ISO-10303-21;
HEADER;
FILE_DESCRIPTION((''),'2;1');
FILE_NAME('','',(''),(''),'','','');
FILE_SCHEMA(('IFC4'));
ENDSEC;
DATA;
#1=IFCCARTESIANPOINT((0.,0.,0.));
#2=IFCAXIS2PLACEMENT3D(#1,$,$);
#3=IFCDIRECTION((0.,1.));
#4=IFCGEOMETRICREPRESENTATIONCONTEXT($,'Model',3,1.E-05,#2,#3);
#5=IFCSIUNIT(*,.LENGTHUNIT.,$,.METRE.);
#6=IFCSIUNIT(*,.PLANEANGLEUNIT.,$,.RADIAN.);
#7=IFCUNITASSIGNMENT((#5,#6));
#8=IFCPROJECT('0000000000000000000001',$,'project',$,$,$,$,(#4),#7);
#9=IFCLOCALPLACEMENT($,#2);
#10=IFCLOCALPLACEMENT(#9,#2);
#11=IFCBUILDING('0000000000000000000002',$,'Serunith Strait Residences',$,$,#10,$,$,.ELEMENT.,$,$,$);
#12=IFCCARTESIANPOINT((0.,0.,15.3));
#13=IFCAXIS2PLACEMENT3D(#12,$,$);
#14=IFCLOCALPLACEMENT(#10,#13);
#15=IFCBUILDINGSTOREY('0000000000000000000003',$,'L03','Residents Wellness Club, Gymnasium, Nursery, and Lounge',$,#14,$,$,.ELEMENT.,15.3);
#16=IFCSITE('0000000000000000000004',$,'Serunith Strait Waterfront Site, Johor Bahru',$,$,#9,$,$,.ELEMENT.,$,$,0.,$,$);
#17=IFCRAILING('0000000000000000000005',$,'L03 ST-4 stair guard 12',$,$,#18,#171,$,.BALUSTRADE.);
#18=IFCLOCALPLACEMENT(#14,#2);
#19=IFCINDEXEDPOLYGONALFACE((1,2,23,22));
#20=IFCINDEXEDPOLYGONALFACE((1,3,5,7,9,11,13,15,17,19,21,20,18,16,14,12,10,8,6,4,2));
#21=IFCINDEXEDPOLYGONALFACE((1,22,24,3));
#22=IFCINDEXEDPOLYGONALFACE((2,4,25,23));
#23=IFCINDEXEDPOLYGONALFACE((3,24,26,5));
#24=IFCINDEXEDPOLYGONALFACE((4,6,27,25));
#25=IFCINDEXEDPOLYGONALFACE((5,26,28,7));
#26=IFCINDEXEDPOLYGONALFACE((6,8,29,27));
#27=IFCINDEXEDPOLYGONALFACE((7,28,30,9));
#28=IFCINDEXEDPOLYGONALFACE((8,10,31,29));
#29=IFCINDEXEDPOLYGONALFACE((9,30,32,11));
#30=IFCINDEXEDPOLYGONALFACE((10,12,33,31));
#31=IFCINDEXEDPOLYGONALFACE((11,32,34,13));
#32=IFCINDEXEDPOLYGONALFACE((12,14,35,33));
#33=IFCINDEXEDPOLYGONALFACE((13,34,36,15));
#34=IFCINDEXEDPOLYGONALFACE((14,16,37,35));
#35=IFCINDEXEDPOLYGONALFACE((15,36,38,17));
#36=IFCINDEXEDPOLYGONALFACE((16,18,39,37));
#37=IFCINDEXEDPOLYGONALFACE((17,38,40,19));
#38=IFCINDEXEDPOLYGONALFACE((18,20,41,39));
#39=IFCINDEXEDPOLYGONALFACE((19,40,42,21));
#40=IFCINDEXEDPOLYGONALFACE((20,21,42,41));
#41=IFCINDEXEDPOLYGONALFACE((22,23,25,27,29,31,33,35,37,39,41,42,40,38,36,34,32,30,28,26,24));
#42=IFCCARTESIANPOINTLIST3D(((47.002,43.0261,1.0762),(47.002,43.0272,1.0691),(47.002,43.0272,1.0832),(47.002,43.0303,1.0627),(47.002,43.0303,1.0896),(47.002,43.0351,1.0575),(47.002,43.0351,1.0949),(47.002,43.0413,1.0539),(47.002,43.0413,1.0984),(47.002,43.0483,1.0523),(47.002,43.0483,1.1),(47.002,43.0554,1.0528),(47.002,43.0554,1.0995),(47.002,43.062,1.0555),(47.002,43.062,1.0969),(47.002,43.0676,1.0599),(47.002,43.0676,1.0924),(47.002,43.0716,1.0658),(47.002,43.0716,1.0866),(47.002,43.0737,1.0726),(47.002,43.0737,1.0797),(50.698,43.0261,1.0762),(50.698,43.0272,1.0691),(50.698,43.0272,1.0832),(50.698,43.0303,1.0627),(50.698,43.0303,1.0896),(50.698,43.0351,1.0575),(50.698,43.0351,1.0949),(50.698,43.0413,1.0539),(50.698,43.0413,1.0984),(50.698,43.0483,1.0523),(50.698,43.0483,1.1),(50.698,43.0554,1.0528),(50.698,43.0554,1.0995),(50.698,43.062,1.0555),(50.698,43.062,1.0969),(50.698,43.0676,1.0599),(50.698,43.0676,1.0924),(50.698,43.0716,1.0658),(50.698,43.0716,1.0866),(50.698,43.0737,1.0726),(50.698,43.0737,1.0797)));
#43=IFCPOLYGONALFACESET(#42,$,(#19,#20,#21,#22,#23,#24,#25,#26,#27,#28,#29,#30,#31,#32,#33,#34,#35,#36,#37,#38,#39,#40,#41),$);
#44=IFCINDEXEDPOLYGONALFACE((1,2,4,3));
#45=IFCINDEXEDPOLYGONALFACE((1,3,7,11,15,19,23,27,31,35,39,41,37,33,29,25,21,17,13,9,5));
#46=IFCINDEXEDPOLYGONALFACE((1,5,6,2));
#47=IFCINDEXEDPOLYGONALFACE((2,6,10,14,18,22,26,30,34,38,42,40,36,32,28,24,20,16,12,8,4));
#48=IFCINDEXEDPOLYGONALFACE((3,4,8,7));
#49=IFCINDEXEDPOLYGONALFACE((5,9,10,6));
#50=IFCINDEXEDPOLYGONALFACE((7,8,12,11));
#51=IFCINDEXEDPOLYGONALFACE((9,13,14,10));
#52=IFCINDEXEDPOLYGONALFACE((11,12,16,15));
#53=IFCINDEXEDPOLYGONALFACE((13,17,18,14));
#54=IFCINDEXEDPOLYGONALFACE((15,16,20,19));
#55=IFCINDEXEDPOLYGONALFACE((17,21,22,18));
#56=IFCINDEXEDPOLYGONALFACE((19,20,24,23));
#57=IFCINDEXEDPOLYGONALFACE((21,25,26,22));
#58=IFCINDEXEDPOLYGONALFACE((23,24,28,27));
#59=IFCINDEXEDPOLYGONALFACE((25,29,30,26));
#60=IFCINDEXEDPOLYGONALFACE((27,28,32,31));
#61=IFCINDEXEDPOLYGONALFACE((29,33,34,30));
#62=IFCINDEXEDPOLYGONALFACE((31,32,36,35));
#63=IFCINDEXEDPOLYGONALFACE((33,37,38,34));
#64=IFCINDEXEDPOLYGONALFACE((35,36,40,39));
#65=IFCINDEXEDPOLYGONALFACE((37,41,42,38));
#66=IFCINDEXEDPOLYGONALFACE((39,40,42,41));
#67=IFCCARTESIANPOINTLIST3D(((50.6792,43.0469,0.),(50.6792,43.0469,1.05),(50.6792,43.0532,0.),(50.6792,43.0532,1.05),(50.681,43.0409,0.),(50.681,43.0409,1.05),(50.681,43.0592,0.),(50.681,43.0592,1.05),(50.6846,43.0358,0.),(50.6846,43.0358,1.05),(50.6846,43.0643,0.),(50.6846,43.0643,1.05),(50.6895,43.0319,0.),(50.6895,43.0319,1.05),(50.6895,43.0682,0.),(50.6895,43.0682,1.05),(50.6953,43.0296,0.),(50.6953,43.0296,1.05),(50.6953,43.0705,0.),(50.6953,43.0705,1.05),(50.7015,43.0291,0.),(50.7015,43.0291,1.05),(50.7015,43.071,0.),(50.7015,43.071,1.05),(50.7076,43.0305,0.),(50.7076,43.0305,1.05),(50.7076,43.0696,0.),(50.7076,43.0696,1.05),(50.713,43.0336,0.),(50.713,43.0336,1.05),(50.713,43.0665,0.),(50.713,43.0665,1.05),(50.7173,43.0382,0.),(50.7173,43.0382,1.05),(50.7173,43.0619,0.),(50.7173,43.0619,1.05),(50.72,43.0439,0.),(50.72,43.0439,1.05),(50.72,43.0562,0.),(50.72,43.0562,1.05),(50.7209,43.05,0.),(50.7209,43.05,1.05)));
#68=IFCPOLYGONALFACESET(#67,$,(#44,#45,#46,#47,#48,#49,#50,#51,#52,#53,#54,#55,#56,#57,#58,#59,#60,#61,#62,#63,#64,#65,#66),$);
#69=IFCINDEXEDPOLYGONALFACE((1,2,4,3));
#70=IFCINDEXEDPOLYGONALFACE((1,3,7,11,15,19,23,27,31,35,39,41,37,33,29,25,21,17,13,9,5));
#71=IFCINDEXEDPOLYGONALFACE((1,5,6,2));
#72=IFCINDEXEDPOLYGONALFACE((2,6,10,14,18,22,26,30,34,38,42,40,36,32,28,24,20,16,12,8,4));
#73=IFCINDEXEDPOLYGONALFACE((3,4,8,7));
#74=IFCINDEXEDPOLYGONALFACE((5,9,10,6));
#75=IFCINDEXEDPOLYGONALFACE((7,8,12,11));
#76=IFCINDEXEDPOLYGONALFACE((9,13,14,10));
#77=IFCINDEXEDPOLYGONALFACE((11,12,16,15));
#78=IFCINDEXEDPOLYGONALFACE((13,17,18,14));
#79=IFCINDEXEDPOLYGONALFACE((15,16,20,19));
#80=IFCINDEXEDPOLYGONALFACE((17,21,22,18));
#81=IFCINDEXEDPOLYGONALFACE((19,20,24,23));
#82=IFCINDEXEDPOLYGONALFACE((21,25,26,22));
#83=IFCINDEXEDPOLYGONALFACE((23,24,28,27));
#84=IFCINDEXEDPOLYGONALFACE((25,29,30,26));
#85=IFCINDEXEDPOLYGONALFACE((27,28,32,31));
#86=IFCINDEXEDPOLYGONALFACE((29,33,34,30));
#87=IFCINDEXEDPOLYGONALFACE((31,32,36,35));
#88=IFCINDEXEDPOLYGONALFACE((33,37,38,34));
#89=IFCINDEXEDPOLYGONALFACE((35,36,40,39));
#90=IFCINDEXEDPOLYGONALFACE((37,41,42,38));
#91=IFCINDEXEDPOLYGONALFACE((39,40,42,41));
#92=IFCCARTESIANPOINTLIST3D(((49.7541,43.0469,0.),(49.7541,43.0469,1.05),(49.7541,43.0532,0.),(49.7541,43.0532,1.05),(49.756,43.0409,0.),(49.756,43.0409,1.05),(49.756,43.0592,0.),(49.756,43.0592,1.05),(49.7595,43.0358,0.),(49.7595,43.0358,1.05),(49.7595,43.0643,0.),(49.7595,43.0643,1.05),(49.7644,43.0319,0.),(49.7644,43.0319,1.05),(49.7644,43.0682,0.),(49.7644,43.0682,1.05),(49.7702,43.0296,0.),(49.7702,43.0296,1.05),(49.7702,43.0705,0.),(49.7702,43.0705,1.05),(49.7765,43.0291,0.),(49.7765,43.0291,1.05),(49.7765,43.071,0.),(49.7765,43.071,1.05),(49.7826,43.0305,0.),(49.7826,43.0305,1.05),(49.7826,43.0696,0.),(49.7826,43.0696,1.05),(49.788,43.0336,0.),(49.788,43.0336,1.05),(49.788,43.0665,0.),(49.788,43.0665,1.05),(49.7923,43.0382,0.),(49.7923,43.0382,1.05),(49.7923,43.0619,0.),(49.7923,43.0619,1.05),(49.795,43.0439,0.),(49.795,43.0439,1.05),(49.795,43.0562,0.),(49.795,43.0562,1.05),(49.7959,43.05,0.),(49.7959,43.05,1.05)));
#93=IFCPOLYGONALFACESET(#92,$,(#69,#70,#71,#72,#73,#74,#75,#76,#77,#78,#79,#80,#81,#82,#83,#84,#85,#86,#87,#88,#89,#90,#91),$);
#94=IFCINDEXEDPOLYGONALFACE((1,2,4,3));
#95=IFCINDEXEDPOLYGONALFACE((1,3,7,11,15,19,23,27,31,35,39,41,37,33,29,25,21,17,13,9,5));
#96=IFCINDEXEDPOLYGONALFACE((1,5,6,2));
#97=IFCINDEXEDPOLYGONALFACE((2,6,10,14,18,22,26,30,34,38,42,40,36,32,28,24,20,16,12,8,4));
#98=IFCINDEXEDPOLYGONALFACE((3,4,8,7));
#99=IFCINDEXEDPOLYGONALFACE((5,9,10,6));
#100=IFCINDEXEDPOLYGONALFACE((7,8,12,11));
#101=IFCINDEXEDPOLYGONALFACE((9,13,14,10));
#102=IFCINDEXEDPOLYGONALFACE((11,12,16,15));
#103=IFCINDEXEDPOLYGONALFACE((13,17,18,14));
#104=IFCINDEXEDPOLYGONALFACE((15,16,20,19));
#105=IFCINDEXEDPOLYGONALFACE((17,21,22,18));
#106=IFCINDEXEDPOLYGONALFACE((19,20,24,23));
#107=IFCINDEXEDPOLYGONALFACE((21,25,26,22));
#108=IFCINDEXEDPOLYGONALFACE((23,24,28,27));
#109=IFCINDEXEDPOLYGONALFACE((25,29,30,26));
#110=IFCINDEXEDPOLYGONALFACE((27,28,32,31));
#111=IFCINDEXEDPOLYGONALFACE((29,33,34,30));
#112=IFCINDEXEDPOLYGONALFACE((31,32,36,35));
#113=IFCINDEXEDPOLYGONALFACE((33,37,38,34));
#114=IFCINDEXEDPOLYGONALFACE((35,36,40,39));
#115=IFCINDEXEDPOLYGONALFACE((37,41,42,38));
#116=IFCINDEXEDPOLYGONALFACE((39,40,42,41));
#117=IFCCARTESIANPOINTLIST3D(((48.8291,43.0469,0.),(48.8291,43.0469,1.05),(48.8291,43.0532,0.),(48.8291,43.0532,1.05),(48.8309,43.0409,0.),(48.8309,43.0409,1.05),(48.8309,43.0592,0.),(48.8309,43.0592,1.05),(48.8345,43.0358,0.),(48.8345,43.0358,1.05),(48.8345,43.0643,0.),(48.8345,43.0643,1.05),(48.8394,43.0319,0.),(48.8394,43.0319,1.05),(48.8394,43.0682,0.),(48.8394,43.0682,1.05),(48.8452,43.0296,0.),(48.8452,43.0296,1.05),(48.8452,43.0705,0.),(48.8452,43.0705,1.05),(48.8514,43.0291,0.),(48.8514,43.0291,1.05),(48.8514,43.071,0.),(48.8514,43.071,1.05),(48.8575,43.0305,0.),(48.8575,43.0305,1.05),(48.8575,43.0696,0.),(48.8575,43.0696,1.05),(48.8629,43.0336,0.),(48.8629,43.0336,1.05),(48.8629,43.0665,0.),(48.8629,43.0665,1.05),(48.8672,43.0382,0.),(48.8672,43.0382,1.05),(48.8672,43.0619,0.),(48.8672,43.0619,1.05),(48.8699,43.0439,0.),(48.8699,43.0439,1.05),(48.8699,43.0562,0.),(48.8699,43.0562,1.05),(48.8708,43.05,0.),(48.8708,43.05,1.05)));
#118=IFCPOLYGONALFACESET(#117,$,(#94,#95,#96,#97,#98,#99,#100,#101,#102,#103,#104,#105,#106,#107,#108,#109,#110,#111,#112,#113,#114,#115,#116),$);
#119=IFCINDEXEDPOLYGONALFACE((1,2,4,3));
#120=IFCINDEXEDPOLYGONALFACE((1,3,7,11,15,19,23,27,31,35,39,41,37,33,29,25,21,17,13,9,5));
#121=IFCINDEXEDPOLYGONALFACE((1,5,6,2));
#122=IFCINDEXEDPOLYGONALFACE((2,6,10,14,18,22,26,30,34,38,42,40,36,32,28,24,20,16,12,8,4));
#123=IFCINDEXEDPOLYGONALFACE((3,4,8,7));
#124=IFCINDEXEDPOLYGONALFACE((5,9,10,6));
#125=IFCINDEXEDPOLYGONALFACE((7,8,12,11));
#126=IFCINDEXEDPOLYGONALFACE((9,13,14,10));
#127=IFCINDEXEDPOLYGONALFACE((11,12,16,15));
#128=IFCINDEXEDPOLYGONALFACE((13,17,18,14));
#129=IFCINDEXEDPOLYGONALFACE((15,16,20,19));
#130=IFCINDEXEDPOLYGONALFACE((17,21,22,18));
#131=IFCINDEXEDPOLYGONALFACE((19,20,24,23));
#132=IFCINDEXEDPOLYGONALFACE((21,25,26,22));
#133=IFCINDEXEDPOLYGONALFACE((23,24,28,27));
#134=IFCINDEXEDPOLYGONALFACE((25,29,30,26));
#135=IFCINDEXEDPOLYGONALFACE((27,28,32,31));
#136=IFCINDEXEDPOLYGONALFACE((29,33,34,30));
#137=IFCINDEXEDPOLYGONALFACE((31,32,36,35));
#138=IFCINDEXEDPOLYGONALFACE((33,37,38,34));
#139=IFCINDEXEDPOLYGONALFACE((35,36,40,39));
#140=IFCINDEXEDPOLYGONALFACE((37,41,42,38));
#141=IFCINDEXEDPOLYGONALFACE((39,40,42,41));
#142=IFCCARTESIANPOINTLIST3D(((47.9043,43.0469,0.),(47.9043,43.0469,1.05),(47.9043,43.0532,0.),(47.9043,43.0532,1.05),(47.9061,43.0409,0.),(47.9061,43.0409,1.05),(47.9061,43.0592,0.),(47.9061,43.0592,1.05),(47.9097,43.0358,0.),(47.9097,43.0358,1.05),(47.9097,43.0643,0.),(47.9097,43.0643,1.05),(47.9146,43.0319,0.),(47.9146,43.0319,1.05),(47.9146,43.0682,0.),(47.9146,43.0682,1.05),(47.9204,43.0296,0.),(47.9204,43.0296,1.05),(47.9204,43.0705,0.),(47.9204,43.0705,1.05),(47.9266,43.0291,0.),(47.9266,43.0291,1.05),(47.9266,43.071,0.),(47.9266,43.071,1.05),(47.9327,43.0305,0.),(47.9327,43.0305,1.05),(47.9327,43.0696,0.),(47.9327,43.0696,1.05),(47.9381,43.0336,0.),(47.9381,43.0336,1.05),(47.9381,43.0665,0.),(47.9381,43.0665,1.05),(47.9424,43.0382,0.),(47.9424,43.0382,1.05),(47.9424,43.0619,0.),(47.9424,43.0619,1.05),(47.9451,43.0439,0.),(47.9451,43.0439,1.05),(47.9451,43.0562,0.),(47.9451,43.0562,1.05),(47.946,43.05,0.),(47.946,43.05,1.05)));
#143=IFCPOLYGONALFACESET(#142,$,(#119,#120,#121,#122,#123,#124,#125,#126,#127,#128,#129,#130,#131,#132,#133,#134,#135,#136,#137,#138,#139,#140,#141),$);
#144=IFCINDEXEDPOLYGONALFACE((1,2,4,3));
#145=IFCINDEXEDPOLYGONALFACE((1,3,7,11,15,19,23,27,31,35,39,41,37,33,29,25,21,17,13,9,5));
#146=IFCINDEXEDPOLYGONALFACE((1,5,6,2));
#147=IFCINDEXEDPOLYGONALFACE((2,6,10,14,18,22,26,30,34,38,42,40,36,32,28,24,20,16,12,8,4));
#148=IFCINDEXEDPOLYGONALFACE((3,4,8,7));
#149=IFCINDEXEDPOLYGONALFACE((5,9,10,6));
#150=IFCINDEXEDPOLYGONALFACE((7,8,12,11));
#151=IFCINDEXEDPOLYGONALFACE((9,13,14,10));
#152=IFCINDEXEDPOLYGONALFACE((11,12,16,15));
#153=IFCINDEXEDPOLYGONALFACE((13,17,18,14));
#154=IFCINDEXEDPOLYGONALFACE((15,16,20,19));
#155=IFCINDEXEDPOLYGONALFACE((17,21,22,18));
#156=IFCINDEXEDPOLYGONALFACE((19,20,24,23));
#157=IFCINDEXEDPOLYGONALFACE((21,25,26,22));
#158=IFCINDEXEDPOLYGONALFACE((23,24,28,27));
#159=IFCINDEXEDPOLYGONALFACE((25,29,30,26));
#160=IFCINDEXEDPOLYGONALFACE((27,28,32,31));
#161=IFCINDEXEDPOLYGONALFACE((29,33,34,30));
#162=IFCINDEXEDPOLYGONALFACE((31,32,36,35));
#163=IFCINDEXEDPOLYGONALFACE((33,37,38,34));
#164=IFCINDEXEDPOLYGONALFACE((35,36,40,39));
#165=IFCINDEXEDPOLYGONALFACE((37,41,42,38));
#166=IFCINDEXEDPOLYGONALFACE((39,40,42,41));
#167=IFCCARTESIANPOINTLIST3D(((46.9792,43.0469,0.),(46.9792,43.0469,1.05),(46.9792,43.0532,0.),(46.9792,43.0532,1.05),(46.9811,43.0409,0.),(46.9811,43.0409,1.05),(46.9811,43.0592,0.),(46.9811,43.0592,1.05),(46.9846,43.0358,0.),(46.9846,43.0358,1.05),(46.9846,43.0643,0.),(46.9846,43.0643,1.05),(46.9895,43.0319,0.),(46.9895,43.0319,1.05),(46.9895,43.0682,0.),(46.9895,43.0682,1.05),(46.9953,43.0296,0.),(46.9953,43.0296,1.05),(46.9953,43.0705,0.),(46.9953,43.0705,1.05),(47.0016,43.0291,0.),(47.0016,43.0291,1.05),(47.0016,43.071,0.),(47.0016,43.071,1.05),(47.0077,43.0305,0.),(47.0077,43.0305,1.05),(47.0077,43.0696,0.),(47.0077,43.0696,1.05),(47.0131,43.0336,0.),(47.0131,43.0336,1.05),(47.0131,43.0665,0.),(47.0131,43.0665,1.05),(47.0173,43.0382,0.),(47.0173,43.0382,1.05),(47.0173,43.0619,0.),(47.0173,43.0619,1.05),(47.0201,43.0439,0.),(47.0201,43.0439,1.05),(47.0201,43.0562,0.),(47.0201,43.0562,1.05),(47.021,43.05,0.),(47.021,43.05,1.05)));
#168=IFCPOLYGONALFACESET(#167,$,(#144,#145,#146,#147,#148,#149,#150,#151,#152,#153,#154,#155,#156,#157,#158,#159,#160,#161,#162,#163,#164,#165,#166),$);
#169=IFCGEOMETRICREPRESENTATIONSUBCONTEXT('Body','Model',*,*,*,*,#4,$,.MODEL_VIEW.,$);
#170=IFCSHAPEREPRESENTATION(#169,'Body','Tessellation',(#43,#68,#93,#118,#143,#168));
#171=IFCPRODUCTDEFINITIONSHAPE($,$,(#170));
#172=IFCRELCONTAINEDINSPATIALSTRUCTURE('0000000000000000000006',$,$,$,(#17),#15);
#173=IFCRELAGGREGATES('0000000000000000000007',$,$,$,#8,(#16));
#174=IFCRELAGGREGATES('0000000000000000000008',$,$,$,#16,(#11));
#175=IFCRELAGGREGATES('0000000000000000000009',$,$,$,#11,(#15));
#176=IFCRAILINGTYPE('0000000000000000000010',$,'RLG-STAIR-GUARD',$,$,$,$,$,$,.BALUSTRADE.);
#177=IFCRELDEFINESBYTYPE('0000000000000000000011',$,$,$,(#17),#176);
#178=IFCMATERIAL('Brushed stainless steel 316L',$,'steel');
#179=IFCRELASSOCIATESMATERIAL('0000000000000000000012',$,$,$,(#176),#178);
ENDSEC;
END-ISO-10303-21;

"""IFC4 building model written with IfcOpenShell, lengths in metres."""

from ifc_helpers import new_model, si_unit, direction, frame, origin, origin_2d, place, context, subcontext, project, spatial, circle, extrude, material, type_object, element, save


model = new_model("IFC4")

# Units and contexts
model_context = context("Model", 3, precision=1e-05, world=origin(), true_north=direction((0.0, 1.0)))
body_context = subcontext(model_context, "Body", "Model", "MODEL_VIEW")
ifc_project = project(units=[si_unit("LENGTHUNIT", "METRE"), si_unit("PLANEANGLEUNIT", "RADIAN")], contexts=[model_context])

# Site, building, storey
site_placement = place(None, origin())
site = spatial("IfcSite", under=ifc_project, at=site_placement, Name="Serunith Strait Waterfront Site, Johor Bahru", CompositionType="ELEMENT", RefElevation=0.0)
building_placement = place(site_placement, origin())
building = spatial("IfcBuilding", under=site, at=building_placement, Name="Serunith Strait Residences", CompositionType="ELEMENT")
storey_placement = place(building_placement, frame((0.0, 0.0, 15.3)))
storey = spatial("IfcBuildingStorey", under=building, at=storey_placement, Name="L03", Description="Residents Wellness Club, Gymnasium, Nursery, and Lounge", CompositionType="ELEMENT", Elevation=15.3)

# Railing
ifc_material_1 = material(Name="Brushed stainless steel 316L", Category="steel")
railing_type_1 = type_object("IfcRailingType", Name="RLG-STAIR-GUARD", PredefinedType="BALUSTRADE", material=ifc_material_1)
railing_1_placement = place(storey_placement, frame((50.7, 43.05, 0.0)))
element("IfcRailing", 1, at=railing_1_placement, inside=storey, type_object=railing_type_1, Name="L03 ST-4 stair guard 12", PredefinedType="BALUSTRADE", context=body_context, shape_type="SweptSolid", body=[
    extrude(circle(Radius=0.0239, at=origin_2d()), frame((-0.002, 0.0, 1.0762), z_axis=(-1.0, 0.0, 0.0), x_axis=(0.0, -1.0, 0.0)), (0.0, 0.0, 1.0), 3.696),
    extrude(circle(Radius=0.021, at=origin_2d()), origin(), (0.0, 0.0, 1.0), 1.05),
    extrude(circle(Radius=0.021, at=origin_2d()), frame((-0.925, 0.0, 0.0)), (0.0, 0.0, 1.0), 1.05),
    extrude(circle(Radius=0.021, at=origin_2d()), frame((-1.8501, 0.0, 0.0)), (0.0, 0.0, 1.0), 1.05),
    extrude(circle(Radius=0.021, at=origin_2d()), frame((-2.7749, 0.0, 0.0)), (0.0, 0.0, 1.0), 1.05),
    extrude(circle(Radius=0.021, at=origin_2d()), frame((-3.7, 0.0, 0.0)), (0.0, 0.0, 1.0), 1.05),
])

save(model, "model.ifc")
